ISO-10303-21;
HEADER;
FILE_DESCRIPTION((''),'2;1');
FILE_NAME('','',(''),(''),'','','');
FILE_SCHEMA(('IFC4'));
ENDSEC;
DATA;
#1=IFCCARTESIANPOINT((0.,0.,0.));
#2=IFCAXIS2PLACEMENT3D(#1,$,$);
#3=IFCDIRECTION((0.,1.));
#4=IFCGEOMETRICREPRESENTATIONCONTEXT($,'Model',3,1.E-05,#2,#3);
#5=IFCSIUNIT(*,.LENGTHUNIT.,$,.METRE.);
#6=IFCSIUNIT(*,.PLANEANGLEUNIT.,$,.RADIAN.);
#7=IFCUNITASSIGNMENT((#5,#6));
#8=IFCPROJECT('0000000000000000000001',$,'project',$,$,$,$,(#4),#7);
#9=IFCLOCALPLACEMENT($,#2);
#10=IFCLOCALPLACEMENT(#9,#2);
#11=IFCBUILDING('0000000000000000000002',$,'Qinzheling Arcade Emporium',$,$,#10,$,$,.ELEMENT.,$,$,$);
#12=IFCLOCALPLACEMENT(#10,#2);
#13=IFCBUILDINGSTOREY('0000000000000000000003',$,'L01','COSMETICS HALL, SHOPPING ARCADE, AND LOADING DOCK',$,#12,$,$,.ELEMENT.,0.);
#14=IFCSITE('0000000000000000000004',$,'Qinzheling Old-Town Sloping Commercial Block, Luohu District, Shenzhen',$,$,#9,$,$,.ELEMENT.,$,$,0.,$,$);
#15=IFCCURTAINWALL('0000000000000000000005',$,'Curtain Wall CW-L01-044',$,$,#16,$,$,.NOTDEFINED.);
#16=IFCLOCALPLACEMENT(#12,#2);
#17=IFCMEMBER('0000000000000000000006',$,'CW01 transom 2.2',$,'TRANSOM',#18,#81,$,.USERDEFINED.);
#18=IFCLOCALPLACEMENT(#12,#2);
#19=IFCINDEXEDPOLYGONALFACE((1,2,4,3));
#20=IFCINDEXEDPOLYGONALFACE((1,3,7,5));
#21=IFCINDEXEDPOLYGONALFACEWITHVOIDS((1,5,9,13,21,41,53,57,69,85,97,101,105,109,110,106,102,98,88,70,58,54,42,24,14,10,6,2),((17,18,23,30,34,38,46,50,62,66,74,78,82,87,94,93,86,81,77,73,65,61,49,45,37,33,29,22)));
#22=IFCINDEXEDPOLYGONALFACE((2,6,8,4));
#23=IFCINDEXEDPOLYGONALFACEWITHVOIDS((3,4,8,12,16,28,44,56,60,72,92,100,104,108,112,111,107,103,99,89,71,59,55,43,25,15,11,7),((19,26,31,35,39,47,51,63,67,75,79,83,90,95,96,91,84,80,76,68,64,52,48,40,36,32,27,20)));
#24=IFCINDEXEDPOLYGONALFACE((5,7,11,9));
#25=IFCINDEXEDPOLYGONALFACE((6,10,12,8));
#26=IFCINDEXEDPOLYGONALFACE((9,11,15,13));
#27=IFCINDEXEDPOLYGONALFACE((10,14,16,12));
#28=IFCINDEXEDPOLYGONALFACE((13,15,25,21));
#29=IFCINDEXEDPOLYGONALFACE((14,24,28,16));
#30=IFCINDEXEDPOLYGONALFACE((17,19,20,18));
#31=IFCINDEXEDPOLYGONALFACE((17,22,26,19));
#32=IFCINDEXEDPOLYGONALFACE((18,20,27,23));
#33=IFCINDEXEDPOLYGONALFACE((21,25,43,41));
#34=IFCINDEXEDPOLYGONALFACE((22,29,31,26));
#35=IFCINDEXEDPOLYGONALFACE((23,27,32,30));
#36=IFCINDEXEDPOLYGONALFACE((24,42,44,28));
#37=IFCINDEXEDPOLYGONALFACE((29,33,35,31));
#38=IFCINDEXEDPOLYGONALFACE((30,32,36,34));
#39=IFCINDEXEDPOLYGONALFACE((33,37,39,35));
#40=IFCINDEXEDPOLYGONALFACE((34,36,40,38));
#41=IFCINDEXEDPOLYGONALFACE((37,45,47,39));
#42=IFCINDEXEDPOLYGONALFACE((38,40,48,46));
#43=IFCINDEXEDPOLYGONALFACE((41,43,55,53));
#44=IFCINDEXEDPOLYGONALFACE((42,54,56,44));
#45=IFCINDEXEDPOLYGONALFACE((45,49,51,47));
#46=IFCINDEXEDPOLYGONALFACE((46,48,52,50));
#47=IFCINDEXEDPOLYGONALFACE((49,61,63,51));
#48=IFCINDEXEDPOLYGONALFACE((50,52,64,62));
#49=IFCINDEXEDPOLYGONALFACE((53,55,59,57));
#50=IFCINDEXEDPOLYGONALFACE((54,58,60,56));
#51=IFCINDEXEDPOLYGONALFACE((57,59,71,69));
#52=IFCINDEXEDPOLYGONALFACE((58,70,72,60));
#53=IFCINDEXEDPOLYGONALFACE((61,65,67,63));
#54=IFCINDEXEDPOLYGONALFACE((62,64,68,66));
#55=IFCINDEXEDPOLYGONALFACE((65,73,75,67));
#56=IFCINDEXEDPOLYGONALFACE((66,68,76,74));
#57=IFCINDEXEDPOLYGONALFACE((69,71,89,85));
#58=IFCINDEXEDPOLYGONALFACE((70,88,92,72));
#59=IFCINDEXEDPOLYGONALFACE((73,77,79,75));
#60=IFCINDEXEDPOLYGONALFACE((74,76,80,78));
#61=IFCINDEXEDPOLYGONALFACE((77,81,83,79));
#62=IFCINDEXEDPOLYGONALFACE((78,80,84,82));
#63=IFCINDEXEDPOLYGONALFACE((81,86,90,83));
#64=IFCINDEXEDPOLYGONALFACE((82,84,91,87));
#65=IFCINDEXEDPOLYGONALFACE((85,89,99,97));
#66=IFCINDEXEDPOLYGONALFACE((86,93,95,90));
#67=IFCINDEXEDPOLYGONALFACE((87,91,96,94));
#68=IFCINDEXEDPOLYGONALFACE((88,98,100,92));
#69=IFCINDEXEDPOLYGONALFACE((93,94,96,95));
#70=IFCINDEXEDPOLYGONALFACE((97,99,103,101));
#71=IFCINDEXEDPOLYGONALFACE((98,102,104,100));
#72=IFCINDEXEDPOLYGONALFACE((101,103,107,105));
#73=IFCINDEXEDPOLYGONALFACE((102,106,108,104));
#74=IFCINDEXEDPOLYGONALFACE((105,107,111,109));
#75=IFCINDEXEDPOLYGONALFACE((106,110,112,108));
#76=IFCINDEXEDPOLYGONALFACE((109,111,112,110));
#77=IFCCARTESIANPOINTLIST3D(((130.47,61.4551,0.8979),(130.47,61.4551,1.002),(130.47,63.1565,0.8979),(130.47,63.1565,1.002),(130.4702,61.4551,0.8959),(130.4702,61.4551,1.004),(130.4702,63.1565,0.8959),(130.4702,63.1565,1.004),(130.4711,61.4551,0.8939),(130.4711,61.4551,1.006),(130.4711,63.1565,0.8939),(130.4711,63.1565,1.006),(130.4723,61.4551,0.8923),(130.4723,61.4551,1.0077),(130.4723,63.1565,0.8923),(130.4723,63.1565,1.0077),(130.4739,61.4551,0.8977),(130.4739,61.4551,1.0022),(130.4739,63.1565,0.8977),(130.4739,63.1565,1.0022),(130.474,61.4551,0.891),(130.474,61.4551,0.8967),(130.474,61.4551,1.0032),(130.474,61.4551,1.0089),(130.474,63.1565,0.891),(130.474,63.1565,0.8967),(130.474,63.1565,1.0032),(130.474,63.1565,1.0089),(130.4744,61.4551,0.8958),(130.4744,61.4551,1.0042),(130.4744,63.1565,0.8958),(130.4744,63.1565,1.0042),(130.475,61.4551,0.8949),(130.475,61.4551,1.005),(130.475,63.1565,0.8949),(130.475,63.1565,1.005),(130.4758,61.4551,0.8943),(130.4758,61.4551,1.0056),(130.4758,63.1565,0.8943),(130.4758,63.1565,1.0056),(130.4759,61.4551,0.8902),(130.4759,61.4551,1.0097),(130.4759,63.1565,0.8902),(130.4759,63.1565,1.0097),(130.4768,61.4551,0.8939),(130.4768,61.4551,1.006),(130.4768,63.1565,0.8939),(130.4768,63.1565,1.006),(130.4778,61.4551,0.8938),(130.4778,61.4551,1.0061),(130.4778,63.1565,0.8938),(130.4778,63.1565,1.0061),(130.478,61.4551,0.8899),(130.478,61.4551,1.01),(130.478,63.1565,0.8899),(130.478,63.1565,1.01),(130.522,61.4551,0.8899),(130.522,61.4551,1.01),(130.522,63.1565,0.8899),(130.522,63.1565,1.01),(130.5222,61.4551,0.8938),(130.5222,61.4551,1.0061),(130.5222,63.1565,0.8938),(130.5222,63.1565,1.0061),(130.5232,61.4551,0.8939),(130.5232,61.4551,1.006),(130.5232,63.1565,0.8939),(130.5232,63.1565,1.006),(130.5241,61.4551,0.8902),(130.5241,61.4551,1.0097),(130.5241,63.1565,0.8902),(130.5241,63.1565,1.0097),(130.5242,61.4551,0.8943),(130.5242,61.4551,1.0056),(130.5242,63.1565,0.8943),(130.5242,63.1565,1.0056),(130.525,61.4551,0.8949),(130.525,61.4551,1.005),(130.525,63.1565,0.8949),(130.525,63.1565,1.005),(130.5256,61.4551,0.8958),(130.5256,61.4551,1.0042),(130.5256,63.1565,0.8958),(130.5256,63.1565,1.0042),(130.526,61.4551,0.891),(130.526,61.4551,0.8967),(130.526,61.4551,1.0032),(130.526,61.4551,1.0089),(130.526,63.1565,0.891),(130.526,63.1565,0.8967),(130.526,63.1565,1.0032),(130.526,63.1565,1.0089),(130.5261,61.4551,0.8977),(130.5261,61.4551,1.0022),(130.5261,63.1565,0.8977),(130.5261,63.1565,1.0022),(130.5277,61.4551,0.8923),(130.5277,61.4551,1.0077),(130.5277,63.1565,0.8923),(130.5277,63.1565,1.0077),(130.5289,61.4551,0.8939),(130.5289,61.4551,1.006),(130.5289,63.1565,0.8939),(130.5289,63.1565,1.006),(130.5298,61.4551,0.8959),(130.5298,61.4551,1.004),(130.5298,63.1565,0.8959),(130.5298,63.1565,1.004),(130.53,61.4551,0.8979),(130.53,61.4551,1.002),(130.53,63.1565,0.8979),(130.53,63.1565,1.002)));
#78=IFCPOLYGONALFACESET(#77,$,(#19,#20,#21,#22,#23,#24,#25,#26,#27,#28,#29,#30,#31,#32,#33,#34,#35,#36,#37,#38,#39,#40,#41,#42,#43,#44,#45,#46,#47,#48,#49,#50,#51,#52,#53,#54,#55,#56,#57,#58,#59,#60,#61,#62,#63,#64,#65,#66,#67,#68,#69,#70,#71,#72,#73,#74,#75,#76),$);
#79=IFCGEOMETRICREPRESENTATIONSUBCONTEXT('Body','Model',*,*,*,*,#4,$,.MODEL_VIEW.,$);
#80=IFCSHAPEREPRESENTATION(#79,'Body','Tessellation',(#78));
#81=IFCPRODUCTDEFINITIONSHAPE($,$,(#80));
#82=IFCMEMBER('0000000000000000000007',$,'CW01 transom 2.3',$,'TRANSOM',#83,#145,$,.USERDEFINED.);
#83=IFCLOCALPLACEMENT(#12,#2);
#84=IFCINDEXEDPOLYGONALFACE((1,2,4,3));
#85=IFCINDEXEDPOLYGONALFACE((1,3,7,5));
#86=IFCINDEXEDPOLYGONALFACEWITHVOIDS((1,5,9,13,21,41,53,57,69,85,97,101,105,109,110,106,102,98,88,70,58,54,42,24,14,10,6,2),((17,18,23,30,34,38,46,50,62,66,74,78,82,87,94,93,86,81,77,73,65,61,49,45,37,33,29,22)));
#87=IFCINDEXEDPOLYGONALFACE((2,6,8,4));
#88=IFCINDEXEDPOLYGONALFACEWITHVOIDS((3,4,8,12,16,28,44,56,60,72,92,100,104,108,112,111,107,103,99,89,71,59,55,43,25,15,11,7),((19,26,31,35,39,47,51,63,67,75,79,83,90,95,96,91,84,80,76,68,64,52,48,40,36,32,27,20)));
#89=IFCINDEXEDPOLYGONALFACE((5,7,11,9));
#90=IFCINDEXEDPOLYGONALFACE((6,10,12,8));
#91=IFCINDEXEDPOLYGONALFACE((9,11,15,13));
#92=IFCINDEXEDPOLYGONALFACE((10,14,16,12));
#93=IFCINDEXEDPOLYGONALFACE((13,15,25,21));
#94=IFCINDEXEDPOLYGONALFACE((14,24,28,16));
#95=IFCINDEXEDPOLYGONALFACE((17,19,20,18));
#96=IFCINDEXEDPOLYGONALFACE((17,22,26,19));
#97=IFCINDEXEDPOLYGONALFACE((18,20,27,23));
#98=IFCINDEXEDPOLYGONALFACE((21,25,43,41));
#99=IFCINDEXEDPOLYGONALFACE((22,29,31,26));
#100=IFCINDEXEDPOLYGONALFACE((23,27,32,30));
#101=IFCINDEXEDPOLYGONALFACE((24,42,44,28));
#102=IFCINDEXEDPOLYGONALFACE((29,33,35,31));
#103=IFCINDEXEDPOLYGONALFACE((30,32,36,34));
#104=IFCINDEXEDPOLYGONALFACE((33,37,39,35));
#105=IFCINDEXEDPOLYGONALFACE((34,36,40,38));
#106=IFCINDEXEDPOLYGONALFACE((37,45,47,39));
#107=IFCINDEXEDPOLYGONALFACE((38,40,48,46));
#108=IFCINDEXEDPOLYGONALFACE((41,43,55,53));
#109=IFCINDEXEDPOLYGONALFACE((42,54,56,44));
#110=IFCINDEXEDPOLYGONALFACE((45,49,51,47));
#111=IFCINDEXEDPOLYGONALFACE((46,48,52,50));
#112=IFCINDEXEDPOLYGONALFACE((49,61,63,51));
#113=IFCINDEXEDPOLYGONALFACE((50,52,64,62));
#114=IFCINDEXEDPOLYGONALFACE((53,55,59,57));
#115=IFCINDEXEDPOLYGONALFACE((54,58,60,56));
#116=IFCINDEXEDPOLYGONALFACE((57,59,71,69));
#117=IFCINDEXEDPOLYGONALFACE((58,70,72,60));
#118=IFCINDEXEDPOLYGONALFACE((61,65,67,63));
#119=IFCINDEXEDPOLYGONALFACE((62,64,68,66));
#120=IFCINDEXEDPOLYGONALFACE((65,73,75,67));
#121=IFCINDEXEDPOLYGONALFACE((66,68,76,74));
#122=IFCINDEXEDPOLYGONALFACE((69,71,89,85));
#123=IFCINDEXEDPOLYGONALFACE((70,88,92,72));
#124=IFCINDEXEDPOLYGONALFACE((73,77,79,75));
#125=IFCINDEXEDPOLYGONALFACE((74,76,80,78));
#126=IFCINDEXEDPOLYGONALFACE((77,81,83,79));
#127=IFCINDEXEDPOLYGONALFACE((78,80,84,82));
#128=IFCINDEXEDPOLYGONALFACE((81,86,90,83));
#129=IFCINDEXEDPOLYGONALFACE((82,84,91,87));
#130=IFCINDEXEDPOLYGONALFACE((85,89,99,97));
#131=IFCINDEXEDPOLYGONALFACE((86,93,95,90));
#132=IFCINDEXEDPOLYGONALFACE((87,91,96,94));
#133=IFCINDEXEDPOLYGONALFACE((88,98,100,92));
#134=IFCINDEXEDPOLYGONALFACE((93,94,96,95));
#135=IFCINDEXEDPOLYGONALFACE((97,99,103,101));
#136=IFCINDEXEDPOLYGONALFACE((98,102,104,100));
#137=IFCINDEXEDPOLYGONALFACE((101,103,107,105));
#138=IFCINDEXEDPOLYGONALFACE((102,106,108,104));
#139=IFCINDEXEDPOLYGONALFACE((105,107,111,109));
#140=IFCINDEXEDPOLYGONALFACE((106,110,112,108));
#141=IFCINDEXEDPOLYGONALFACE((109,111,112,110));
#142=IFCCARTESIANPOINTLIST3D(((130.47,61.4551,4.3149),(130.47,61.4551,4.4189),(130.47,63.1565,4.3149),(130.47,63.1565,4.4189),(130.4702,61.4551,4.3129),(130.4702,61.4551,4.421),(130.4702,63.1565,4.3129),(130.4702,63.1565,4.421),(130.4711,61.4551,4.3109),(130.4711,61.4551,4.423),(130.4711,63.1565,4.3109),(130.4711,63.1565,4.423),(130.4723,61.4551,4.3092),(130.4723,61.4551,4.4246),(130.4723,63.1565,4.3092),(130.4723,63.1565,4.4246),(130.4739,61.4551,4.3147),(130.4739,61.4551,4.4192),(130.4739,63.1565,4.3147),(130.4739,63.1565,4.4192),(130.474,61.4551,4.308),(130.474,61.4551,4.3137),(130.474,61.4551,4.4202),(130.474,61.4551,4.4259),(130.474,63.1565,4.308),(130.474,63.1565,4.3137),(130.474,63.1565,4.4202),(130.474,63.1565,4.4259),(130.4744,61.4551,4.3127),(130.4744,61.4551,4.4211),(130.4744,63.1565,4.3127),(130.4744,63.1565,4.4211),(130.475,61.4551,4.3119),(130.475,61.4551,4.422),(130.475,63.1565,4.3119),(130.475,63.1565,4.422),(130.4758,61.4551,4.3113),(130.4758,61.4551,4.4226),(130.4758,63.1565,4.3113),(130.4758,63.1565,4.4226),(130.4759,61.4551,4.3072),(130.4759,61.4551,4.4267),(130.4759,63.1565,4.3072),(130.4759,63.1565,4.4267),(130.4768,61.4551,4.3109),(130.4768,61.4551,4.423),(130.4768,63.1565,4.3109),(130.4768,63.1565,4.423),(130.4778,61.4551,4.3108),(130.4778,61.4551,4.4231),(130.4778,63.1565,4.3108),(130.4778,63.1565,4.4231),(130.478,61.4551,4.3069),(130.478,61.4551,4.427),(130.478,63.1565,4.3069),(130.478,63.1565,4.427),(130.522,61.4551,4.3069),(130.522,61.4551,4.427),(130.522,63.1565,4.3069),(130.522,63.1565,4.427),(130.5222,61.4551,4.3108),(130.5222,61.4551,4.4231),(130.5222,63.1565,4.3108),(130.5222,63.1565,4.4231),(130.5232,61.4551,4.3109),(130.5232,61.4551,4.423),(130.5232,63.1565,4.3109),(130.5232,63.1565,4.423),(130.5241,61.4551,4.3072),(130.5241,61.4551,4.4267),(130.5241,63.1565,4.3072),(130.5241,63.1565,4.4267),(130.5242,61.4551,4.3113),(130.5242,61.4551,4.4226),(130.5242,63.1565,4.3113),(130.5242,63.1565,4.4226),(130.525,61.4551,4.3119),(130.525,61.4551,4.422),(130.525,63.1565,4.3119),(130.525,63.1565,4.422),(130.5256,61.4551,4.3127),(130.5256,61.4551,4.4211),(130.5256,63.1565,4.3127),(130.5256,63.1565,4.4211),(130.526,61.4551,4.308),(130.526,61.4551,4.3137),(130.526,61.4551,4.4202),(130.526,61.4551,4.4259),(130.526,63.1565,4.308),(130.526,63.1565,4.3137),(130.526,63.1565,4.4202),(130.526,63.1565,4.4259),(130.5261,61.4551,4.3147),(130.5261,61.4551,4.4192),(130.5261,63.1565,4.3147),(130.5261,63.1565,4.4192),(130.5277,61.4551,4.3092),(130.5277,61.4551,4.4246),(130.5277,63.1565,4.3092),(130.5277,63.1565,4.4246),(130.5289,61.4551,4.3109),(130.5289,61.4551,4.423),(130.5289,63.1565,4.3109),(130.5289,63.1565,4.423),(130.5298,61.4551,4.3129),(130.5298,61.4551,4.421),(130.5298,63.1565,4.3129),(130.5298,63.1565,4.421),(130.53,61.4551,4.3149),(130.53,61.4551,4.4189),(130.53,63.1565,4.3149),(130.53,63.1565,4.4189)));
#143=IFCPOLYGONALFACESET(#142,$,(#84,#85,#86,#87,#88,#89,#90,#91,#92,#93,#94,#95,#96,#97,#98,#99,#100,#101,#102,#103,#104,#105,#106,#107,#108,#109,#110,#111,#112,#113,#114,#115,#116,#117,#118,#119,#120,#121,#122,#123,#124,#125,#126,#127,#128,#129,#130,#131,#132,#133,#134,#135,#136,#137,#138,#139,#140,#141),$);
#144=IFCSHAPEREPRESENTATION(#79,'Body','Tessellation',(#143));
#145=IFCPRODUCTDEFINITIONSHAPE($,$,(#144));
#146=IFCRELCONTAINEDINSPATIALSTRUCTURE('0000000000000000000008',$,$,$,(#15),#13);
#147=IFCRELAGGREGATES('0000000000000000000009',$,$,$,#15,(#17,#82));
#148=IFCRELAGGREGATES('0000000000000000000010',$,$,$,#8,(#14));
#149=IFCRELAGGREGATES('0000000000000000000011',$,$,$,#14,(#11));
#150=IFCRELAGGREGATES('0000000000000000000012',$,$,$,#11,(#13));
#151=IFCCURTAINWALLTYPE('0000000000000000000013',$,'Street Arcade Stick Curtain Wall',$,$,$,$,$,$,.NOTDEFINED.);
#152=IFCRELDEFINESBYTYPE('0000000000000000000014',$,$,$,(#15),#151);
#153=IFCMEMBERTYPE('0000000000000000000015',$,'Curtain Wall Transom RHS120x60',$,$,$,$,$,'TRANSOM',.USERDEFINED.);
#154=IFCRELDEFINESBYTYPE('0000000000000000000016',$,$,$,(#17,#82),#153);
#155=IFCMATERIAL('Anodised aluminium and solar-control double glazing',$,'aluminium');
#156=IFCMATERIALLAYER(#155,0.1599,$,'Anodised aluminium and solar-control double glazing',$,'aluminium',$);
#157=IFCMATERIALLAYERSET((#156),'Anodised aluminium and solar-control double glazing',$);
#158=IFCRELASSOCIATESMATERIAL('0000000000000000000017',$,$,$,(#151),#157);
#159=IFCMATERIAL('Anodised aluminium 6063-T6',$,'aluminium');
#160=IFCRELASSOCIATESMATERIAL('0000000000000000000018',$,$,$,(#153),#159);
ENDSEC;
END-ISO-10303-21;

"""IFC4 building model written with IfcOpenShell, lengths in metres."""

from ifc_helpers import new_model, si_unit, direction, frame, origin, origin_2d, place, context, subcontext, project, spatial, hollow_rectangle, extrude, material, layer, layer_set, material_profile, profile_set, type_object, element, aggregate, save


model = new_model("IFC4")

# Units and contexts
model_context = context("Model", 3, precision=1e-05, world=origin(), true_north=direction((0.0, 1.0)))
body_context = subcontext(model_context, "Body", "Model", "MODEL_VIEW")
ifc_project = project(units=[si_unit("LENGTHUNIT", "METRE"), si_unit("PLANEANGLEUNIT", "RADIAN")], contexts=[model_context])

# Site, building, storey
site_placement = place(None, origin())
site = spatial("IfcSite", under=ifc_project, at=site_placement, Name="Qinzheling Old-Town Sloping Commercial Block, Luohu District, Shenzhen", CompositionType="ELEMENT", RefElevation=0.0)
building_placement = place(site_placement, origin())
building = spatial("IfcBuilding", under=site, at=building_placement, Name="Qinzheling Arcade Emporium", CompositionType="ELEMENT")
storey_placement = place(building_placement, origin())
storey = spatial("IfcBuildingStorey", under=building, at=storey_placement, Name="L01", Description="COSMETICS HALL, SHOPPING ARCADE, AND LOADING DOCK", CompositionType="ELEMENT", Elevation=0.0)

# Shared definitions
ifc_material_1 = material(Name="Anodised aluminium and solar-control double glazing", Category="aluminium")
ifc_layer_1 = layer(ifc_material_1, 0.1599, Name="Anodised aluminium and solar-control double glazing", Category="aluminium")
ifc_layer_set_1 = layer_set([ifc_layer_1], Name="Anodised aluminium and solar-control double glazing")
curtain_wall_type = type_object("IfcCurtainWallType", Name="Street Arcade Stick Curtain Wall", PredefinedType="NOTDEFINED", material=ifc_layer_set_1)
ifc_material_2 = material(Name="Anodised aluminium 6063-T6", Category="aluminium")

# Curtain wall, members
curtain_wall_1_placement = place(storey_placement, origin())
curtain_wall_1 = element("IfcCurtainWall", 1, at=curtain_wall_1_placement, inside=storey, type_object=curtain_wall_type, Name="Curtain Wall CW-L01-044", PredefinedType="NOTDEFINED")
ifc_material_profile_1 = material_profile(ifc_material_2, hollow_rectangle(XDim=0.0601, YDim=0.1201, WallThickness=0.0039, InnerFilletRadius=0.0039, OuterFilletRadius=0.0081, at=origin_2d()), Name="RHS 120x60x4", Category="aluminium")
ifc_profile_set_1 = profile_set([ifc_material_profile_1], Name="Anodised aluminium 6063-T6")
member_type_1 = type_object("IfcMemberType", Name="Curtain Wall Transom RHS120x60", ElementType="TRANSOM", PredefinedType="USERDEFINED", material=ifc_profile_set_1)
member_1_placement = place(storey_placement, frame((130.5, 63.1565, 0.95), z_axis=(0.0, -1.0, 0.0), x_axis=(1.0, 0.0, 0.0)))
member_1 = element("IfcMember", 2, at=member_1_placement, type_object=member_type_1, Name="CW01 transom 2.2", ObjectType="TRANSOM", PredefinedType="USERDEFINED", context=body_context, shape_type="SweptSolid", body=[
    extrude(hollow_rectangle(XDim=0.0601, YDim=0.1201, WallThickness=0.0039, InnerFilletRadius=0.0039, OuterFilletRadius=0.0081, at=origin_2d()), origin(), (0.0, 0.0, 1.0), 1.7014),
])
member_2_placement = place(storey_placement, frame((130.5, 63.1565, 4.3669), z_axis=(0.0, -1.0, 0.0), x_axis=(1.0, 0.0, 0.0)))
member_2 = element("IfcMember", 3, at=member_2_placement, type_object=member_type_1, Name="CW01 transom 2.3", ObjectType="TRANSOM", PredefinedType="USERDEFINED", context=body_context, shape_type="SweptSolid", body=[
    extrude(hollow_rectangle(XDim=0.0601, YDim=0.1201, WallThickness=0.0039, InnerFilletRadius=0.0039, OuterFilletRadius=0.0081, at=origin_2d()), origin(), (0.0, 0.0, 1.0), 1.7014),
])

aggregate(curtain_wall_1, [member_1, member_2])

save(model, "model.ifc")
